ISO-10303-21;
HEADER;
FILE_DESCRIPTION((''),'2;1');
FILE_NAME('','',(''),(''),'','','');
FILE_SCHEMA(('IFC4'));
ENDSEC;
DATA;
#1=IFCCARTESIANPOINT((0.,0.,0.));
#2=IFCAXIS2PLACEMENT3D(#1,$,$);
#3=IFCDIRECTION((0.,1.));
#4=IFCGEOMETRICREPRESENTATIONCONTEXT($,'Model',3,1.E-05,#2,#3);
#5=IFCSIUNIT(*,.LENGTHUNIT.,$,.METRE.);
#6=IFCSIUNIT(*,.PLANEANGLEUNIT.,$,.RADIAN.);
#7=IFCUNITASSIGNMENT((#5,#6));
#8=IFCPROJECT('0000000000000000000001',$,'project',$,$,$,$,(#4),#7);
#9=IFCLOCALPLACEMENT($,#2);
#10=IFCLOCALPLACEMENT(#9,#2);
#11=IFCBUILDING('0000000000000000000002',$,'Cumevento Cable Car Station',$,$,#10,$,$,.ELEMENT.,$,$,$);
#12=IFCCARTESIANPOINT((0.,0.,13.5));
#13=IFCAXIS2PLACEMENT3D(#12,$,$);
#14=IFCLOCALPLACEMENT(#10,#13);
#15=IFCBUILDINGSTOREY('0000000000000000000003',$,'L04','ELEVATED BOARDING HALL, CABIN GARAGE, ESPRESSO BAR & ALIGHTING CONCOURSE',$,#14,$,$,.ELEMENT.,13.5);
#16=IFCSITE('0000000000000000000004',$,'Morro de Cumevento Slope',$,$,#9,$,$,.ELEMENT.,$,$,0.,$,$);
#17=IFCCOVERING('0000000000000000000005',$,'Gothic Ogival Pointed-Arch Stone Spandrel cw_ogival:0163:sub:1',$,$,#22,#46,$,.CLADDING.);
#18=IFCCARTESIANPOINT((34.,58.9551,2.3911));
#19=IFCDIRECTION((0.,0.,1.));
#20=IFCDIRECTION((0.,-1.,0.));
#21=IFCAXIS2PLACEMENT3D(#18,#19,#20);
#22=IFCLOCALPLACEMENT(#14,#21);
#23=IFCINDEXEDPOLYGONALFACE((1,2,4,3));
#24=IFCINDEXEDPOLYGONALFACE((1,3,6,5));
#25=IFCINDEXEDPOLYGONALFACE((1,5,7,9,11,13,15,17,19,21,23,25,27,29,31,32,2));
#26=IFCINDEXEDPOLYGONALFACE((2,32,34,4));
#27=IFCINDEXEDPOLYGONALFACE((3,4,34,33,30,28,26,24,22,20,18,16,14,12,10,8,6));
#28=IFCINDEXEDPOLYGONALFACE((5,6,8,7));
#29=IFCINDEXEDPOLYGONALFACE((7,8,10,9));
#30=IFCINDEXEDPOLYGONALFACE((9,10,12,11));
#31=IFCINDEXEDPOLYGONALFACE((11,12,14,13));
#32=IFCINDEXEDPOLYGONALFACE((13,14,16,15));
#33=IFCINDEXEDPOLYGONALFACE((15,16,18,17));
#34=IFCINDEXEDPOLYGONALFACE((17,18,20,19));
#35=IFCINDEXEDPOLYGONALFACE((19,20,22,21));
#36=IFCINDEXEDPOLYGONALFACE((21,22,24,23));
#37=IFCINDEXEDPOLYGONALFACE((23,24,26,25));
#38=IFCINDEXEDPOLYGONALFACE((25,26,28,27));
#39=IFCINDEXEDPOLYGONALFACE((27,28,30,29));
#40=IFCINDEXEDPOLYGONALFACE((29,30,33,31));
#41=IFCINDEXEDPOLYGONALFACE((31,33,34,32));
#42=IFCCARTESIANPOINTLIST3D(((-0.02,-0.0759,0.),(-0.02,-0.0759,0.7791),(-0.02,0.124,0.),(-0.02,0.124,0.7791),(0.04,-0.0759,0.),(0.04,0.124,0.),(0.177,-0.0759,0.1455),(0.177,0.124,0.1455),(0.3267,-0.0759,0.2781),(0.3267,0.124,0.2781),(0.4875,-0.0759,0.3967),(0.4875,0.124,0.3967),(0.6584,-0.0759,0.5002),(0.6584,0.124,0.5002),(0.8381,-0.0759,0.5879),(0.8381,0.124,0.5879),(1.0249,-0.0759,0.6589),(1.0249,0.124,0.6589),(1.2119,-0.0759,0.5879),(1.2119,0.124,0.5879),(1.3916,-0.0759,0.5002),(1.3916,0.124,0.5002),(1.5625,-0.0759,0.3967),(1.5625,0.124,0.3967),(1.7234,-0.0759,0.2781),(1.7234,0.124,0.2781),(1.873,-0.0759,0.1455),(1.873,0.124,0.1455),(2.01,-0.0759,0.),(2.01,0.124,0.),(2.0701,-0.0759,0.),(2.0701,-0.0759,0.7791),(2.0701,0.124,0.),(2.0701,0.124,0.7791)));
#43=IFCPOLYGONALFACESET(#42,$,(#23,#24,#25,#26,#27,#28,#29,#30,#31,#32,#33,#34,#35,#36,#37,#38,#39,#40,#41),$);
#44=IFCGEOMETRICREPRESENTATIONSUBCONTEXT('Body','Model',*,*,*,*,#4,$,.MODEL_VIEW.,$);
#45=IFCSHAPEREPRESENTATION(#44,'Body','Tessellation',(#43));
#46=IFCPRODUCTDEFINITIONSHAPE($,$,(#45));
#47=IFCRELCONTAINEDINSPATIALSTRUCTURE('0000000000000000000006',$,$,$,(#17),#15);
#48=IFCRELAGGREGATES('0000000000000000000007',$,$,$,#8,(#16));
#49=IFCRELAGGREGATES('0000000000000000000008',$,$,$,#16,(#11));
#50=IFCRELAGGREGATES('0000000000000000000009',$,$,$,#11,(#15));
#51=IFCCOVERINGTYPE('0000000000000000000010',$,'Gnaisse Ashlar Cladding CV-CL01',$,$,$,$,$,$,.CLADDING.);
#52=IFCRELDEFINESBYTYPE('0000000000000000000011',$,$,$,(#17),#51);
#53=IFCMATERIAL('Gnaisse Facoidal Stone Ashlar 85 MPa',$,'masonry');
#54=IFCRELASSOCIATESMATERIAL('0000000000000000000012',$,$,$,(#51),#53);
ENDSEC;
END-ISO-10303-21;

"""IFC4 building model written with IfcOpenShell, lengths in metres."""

from ifc_helpers import new_model, si_unit, direction, frame, origin, place, context, subcontext, project, spatial, polyline, outline, extrude, material, type_object, element, save


model = new_model("IFC4")

# Units and contexts
model_context = context("Model", 3, precision=1e-05, world=origin(), true_north=direction((0.0, 1.0)))
body_context = subcontext(model_context, "Body", "Model", "MODEL_VIEW")
ifc_project = project(units=[si_unit("LENGTHUNIT", "METRE"), si_unit("PLANEANGLEUNIT", "RADIAN")], contexts=[model_context])

# Site, building, storey
site_placement = place(None, origin())
site = spatial("IfcSite", under=ifc_project, at=site_placement, Name="Morro de Cumevento Slope", CompositionType="ELEMENT", RefElevation=0.0)
building_placement = place(site_placement, origin())
building = spatial("IfcBuilding", under=site, at=building_placement, Name="Cumevento Cable Car Station", CompositionType="ELEMENT")
storey_placement = place(building_placement, frame((0.0, 0.0, 13.5)))
storey = spatial("IfcBuildingStorey", under=building, at=storey_placement, Name="L04", Description="ELEVATED BOARDING HALL, CABIN GARAGE, ESPRESSO BAR & ALIGHTING CONCOURSE", CompositionType="ELEMENT", Elevation=13.5)

# Covering
ifc_material_1 = material(Name="Gnaisse Facoidal Stone Ashlar 85 MPa", Category="masonry")
covering_type = type_object("IfcCoveringType", Name="Gnaisse Ashlar Cladding CV-CL01", PredefinedType="CLADDING", material=ifc_material_1)
covering_1_placement = place(storey_placement, frame((34.0, 58.9551, 2.3911), z_axis=(0.0, 0.0, 1.0), x_axis=(0.0, -1.0, 0.0)))
element("IfcCovering", 1, at=covering_1_placement, inside=storey, type_object=covering_type, Name="Gothic Ogival Pointed-Arch Stone Spandrel cw_ogival:0163:sub:1", PredefinedType="CLADDING", context=body_context, shape_type="SweptSolid", body=[
    extrude(outline(polyline([(-0.02, 0.0), (-0.02, 0.7791), (2.0701, 0.7791), (2.0701, 0.0), (2.01, 0.0), (1.873, 0.1455), (1.7234, 0.2781), (1.5625, 0.3967), (1.3916, 0.5002), (1.2119, 0.5879), (1.0249, 0.6589), (0.8381, 0.5879), (0.6584, 0.5002), (0.4875, 0.3967), (0.3267, 0.2781), (0.177, 0.1455), (0.04, 0.0), (-0.02, 0.0)])), frame((0.0, 0.124, 0.0), z_axis=(0.0, -1.0, 0.0), x_axis=(1.0, 0.0, 0.0)), (0.0, 0.0, 1.0), 0.2),
])

save(model, "model.ifc")
